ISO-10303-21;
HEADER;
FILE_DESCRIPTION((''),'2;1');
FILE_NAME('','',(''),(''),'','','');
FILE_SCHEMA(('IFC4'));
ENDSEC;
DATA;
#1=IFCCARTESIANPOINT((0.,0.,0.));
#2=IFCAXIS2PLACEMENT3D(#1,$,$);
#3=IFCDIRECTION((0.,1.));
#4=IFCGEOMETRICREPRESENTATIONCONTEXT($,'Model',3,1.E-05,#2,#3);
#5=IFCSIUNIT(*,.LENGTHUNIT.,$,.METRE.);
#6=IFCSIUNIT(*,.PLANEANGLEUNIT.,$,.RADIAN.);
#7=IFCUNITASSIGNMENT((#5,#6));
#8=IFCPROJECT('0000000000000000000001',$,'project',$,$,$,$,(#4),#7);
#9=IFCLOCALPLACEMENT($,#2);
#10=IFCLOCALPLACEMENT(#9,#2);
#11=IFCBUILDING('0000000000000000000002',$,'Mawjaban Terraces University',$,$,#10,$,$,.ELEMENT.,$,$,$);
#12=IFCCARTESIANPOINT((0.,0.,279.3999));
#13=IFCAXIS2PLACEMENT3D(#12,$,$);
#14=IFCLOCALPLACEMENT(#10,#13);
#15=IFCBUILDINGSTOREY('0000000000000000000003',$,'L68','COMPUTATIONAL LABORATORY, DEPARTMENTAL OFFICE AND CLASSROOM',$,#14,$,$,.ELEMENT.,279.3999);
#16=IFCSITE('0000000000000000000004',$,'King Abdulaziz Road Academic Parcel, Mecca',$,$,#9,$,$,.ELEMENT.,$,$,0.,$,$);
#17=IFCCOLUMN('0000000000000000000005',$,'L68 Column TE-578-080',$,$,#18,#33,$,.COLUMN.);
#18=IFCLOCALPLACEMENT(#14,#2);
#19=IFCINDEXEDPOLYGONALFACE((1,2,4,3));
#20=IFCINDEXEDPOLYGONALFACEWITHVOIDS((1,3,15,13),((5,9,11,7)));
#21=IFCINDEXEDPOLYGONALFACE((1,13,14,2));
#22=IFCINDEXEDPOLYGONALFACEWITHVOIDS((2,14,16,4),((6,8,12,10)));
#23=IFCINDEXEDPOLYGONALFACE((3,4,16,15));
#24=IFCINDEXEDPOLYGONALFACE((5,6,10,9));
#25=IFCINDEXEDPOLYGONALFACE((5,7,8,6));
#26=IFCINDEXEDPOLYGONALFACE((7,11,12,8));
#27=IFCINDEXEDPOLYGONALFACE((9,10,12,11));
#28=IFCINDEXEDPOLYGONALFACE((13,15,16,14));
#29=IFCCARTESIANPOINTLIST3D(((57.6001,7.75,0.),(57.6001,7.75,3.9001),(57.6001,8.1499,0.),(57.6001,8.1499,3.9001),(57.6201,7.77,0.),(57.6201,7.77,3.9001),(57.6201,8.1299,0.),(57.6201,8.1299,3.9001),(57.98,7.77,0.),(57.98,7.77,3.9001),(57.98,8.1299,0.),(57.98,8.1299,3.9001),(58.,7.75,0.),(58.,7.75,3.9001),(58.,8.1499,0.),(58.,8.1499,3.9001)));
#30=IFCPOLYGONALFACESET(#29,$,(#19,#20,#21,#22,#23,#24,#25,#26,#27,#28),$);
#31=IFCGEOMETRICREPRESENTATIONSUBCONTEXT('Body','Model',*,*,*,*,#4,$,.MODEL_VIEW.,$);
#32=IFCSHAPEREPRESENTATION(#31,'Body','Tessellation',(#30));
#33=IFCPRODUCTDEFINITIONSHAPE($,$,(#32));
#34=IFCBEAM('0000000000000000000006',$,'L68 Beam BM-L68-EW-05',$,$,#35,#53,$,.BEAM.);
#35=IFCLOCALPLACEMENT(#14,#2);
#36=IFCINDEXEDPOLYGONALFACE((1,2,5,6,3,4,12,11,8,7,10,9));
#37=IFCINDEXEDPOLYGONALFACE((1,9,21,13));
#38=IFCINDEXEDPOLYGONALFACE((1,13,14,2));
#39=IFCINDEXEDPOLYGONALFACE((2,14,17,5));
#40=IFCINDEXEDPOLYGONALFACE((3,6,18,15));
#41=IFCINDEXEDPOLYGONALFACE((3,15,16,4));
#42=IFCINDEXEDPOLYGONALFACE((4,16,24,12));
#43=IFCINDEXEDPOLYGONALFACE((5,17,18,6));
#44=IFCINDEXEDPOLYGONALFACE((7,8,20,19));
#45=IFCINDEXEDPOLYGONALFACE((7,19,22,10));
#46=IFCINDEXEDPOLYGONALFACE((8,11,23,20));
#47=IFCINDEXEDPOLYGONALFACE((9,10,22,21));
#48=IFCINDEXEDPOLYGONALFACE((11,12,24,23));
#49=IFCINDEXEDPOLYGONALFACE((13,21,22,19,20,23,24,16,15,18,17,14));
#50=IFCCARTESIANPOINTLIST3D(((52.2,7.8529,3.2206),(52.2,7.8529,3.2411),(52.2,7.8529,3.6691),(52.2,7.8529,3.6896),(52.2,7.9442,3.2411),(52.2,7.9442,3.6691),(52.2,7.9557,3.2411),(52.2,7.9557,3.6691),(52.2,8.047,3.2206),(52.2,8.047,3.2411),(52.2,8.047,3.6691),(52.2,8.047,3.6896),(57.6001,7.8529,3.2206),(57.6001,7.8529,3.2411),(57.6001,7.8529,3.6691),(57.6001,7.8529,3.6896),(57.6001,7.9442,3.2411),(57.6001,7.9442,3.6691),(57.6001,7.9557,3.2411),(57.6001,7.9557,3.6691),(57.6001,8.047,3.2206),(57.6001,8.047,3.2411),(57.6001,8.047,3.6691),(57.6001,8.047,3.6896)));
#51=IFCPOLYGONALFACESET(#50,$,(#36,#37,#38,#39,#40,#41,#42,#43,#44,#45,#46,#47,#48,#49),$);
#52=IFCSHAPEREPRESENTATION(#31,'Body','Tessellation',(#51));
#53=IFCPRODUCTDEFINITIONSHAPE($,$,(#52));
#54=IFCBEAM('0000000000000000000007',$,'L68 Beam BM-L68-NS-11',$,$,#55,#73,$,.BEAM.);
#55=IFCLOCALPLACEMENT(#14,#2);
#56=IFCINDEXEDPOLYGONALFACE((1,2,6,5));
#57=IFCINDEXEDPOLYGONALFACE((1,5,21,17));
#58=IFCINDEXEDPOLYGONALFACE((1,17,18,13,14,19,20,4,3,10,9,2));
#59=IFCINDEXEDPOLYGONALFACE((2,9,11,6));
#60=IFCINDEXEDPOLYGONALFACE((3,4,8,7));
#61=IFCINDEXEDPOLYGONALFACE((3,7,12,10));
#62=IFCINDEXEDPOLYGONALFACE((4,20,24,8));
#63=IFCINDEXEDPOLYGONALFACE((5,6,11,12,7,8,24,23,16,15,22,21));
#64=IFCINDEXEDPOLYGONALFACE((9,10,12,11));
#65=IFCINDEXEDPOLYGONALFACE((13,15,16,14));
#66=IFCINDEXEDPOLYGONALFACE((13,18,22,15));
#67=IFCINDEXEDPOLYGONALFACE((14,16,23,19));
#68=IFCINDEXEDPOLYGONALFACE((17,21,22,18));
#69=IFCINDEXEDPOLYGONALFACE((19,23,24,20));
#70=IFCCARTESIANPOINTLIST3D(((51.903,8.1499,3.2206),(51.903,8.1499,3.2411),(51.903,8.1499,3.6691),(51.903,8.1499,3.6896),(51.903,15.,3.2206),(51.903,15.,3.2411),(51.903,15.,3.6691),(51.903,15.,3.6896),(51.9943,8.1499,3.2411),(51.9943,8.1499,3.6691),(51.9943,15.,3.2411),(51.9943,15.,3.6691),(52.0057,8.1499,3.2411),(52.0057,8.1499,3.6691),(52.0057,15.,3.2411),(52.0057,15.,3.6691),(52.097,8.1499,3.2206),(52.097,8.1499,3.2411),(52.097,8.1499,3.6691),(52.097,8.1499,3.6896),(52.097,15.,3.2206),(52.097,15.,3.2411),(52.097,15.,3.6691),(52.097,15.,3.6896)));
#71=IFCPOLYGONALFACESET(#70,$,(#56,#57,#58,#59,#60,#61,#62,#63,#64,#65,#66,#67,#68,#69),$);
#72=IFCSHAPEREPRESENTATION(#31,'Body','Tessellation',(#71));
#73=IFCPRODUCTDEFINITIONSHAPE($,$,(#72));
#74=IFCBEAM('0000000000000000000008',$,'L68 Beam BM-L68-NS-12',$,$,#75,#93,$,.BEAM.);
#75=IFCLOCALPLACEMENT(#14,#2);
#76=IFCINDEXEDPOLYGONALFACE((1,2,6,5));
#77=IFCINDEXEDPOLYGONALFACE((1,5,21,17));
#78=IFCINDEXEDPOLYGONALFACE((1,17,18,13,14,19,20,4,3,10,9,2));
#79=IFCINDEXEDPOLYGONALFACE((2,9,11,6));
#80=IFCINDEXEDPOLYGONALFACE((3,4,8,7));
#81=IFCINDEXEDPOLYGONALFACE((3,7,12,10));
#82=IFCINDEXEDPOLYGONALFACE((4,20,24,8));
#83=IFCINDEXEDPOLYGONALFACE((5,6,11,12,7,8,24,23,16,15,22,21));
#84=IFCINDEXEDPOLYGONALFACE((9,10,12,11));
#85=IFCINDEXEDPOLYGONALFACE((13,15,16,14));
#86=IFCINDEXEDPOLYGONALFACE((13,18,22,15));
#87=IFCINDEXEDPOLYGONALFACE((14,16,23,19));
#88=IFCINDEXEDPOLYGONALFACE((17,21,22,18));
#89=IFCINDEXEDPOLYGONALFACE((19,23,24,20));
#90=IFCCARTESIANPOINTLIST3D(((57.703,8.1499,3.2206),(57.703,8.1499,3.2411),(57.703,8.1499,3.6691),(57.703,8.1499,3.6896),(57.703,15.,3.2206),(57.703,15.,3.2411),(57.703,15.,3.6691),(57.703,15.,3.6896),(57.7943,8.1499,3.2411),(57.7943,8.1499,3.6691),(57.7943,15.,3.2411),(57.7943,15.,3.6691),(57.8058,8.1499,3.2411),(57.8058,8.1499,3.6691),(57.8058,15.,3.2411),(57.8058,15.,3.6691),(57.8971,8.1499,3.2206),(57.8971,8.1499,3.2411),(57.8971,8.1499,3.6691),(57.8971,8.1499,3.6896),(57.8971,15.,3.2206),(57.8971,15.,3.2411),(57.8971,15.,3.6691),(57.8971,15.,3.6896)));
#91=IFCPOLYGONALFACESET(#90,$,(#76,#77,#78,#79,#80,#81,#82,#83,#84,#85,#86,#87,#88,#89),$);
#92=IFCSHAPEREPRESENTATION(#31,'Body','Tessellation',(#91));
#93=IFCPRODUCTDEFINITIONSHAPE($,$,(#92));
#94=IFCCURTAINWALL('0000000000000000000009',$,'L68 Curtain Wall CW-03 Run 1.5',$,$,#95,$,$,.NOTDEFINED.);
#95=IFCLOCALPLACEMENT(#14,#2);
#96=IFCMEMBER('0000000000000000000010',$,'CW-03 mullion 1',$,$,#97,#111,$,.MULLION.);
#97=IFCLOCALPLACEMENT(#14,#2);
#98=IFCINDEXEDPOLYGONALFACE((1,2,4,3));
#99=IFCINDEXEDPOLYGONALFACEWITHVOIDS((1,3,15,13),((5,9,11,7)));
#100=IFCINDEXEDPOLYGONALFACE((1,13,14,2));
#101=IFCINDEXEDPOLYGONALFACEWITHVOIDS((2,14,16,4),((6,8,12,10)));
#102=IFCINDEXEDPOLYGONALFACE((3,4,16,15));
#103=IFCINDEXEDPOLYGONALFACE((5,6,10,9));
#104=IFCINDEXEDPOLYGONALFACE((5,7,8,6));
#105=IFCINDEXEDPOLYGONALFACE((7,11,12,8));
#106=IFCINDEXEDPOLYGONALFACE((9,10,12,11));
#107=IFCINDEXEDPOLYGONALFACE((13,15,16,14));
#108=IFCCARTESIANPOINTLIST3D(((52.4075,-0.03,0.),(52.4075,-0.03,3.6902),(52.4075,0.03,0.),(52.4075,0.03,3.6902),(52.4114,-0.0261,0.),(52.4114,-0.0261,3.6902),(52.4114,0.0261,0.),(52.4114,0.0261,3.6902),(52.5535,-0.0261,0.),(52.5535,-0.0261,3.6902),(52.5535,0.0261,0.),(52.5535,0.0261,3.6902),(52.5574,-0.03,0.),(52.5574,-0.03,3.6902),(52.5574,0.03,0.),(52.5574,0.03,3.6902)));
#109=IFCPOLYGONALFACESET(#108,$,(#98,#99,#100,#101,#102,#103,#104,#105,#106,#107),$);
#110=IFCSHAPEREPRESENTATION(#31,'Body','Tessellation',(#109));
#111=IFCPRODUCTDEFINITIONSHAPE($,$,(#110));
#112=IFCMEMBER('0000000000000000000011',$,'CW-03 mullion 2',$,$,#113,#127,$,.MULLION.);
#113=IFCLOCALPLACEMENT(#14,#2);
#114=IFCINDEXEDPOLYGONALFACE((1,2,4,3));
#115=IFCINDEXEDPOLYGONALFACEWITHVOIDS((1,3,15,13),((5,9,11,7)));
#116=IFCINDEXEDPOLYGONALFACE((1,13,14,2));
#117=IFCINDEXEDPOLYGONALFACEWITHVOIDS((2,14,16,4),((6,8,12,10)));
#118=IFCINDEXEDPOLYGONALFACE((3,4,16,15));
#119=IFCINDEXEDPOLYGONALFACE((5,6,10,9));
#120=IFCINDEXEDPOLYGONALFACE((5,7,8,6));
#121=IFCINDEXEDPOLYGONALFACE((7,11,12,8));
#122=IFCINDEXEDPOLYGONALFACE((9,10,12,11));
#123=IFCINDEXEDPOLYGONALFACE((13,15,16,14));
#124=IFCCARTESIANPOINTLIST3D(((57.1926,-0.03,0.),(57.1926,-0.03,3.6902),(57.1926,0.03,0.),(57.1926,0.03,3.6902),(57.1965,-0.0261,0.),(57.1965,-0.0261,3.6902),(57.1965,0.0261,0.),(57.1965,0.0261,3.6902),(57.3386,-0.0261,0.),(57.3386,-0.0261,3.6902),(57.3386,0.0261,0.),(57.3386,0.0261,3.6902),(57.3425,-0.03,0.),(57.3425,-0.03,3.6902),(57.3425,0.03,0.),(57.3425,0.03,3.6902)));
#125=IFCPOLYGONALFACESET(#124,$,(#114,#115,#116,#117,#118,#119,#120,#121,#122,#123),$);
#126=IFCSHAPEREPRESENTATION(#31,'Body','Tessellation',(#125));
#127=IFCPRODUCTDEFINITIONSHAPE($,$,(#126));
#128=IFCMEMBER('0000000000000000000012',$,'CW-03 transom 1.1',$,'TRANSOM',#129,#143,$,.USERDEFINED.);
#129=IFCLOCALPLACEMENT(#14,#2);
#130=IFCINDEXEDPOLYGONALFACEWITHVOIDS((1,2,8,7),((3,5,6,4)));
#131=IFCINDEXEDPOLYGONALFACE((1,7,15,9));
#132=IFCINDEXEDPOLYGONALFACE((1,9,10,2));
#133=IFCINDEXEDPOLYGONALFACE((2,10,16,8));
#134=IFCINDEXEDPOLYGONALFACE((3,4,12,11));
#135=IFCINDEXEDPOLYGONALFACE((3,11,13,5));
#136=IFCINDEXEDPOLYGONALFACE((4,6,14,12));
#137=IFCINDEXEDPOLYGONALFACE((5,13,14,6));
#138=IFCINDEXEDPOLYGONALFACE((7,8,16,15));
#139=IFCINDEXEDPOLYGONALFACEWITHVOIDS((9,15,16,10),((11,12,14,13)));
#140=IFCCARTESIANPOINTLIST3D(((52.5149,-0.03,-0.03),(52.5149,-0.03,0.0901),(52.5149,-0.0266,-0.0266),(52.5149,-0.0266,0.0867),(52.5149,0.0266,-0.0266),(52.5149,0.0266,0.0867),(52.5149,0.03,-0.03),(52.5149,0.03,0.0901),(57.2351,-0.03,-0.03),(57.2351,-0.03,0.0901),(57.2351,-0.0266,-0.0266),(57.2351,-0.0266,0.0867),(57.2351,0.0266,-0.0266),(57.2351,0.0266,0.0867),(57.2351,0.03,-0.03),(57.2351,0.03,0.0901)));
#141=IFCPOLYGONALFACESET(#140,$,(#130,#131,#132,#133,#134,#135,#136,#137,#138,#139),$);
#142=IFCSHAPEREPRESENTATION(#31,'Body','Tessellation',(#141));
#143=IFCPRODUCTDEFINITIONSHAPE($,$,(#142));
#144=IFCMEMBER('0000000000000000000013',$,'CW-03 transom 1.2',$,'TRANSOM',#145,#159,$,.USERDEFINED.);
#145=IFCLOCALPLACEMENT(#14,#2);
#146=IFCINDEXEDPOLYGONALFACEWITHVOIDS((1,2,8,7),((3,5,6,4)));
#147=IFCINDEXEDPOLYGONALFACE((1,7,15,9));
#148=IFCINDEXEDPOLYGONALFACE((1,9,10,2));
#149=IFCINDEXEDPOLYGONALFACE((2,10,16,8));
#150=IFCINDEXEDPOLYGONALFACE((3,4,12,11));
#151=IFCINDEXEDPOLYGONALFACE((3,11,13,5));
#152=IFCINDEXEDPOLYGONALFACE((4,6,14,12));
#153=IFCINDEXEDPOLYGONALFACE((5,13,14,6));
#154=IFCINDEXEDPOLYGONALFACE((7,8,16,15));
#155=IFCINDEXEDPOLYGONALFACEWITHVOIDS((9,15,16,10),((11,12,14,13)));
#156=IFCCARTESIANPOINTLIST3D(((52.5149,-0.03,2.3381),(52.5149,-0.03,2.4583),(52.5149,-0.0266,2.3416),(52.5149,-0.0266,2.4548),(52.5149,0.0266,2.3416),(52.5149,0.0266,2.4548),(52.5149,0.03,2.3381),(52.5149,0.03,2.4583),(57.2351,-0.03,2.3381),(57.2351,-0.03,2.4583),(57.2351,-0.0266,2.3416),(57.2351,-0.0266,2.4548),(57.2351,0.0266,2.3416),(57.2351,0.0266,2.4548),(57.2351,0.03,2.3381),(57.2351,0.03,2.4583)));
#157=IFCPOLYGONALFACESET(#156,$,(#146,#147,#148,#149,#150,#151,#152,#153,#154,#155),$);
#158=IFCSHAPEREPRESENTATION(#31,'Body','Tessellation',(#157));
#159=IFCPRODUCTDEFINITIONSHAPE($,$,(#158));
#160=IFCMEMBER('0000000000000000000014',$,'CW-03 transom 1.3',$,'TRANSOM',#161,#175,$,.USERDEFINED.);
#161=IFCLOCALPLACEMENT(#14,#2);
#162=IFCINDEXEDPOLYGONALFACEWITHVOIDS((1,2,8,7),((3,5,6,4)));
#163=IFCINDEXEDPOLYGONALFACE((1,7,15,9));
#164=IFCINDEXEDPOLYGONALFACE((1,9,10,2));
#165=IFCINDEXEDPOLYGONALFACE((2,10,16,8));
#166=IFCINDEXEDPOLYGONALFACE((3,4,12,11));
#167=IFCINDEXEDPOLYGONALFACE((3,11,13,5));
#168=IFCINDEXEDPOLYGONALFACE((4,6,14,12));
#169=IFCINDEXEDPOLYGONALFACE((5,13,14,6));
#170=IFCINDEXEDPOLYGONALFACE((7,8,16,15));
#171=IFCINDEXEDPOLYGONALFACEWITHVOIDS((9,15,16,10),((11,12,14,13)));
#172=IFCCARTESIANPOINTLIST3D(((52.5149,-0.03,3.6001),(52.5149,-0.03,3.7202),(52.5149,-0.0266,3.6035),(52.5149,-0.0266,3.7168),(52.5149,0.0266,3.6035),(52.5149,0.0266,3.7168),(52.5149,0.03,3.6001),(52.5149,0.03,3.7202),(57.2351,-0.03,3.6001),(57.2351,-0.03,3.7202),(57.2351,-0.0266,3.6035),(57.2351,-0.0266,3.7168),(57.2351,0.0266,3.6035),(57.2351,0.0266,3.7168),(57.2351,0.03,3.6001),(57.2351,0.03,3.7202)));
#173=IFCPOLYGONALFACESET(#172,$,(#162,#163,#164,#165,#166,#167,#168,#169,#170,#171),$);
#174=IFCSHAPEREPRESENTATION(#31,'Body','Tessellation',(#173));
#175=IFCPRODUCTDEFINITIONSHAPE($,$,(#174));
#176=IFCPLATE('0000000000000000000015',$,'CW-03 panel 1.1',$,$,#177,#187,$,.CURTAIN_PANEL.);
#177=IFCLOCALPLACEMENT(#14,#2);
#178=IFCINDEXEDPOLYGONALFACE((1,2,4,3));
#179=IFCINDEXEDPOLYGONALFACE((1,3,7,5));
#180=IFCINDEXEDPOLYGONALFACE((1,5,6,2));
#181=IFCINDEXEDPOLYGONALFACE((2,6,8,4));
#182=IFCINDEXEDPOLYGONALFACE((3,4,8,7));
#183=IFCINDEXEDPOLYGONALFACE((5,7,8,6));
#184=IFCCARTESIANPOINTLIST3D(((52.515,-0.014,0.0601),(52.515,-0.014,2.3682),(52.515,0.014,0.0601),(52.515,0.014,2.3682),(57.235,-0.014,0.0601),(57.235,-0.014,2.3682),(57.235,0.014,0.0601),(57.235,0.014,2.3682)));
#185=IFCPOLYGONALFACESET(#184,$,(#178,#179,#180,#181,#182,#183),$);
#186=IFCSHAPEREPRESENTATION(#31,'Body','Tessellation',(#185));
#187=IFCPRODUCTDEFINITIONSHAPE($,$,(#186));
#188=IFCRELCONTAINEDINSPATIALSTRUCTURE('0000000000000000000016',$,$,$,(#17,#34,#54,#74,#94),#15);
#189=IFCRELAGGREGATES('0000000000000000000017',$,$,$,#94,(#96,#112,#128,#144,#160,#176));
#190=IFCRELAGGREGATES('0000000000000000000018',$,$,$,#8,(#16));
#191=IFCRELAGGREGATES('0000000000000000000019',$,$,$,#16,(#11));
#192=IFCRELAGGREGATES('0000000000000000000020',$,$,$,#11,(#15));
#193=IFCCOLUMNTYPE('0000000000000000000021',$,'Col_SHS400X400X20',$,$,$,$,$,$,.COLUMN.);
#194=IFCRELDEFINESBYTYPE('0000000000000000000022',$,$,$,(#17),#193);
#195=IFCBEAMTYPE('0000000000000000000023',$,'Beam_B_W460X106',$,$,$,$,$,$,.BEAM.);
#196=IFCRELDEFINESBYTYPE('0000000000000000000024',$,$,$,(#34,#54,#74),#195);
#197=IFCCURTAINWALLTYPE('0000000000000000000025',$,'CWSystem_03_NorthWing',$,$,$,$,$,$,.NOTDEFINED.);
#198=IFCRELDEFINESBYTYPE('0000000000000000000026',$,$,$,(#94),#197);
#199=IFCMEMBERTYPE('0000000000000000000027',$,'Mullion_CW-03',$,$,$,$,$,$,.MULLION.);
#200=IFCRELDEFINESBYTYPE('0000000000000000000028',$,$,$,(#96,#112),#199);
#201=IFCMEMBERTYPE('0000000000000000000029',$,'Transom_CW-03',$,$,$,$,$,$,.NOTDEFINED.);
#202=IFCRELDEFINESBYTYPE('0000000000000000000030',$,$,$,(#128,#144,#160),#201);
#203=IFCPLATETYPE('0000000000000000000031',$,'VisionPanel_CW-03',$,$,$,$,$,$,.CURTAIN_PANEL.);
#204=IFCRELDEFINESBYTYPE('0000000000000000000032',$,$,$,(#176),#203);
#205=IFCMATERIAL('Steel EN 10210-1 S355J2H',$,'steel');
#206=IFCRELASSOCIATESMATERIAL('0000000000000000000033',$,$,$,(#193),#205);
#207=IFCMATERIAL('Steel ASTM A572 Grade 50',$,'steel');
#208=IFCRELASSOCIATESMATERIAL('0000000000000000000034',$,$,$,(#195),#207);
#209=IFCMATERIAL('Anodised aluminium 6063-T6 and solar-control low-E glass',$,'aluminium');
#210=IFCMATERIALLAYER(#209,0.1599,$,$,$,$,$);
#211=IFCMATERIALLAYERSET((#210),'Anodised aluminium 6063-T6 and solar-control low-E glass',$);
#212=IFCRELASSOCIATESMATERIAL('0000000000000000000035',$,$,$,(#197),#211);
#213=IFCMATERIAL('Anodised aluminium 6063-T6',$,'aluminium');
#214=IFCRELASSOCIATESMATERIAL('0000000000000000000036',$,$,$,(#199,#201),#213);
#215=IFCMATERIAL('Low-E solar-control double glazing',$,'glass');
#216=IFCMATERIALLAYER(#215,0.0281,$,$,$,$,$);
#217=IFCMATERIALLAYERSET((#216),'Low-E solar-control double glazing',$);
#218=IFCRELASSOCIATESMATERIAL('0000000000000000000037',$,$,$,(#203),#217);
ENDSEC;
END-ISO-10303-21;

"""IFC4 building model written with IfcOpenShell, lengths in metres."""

from ifc_helpers import new_model, si_unit, direction, frame, origin, origin_2d, place, context, subcontext, project, spatial, rectangle, hollow_rectangle, i_section, extrude, material, layer, layer_set, material_profile, profile_set, type_object, element, aggregate, save


model = new_model("IFC4")

# Units and contexts
model_context = context("Model", 3, precision=1e-05, world=origin(), true_north=direction((0.0, 1.0)))
body_context = subcontext(model_context, "Body", "Model", "MODEL_VIEW")
ifc_project = project(units=[si_unit("LENGTHUNIT", "METRE"), si_unit("PLANEANGLEUNIT", "RADIAN")], contexts=[model_context])

# Site, building, storey
site_placement = place(None, origin())
site = spatial("IfcSite", under=ifc_project, at=site_placement, Name="King Abdulaziz Road Academic Parcel, Mecca", CompositionType="ELEMENT", RefElevation=0.0)
building_placement = place(site_placement, origin())
building = spatial("IfcBuilding", under=site, at=building_placement, Name="Mawjaban Terraces University", CompositionType="ELEMENT")
storey_placement = place(building_placement, frame((0.0, 0.0, 279.3999)))
storey = spatial("IfcBuildingStorey", under=building, at=storey_placement, Name="L68", Description="COMPUTATIONAL LABORATORY, DEPARTMENTAL OFFICE AND CLASSROOM", CompositionType="ELEMENT", Elevation=279.3999)

# Column
ifc_material_1 = material(Name="Steel EN 10210-1 S355J2H", Category="steel")
ifc_material_profile_1 = material_profile(ifc_material_1, hollow_rectangle(XDim=0.3999, YDim=0.3999, WallThickness=0.02, at=origin_2d()), Name="SHS400X400X20")
ifc_profile_set_1 = profile_set([ifc_material_profile_1], Name="Steel EN 10210-1 S355J2H")
column_type = type_object("IfcColumnType", Name="Col_SHS400X400X20", PredefinedType="COLUMN", material=ifc_profile_set_1)
column_placement = place(storey_placement, frame((57.8, 7.95, 0.0), z_axis=(0.0, 0.0, 1.0), x_axis=(1.0, 0.0, 0.0)))
element("IfcColumn", 1, at=column_placement, inside=storey, type_object=column_type, Name="L68 Column TE-578-080", PredefinedType="COLUMN", context=body_context, shape_type="SweptSolid", body=[
    extrude(hollow_rectangle(XDim=0.3999, YDim=0.3999, WallThickness=0.02, at=origin_2d()), origin(), (0.0, 0.0, 1.0), 3.9001),
])

# Beams
ifc_material_2 = material(Name="Steel ASTM A572 Grade 50", Category="steel")
ifc_material_profile_2 = material_profile(ifc_material_2, i_section(OverallWidth=0.1941, OverallDepth=0.469, WebThickness=0.0115, FlangeThickness=0.0205, at=origin_2d()), Name="W460X106")
ifc_profile_set_2 = profile_set([ifc_material_profile_2], Name="Steel ASTM A572 Grade 50")
beam_type = type_object("IfcBeamType", Name="Beam_B_W460X106", PredefinedType="BEAM", material=ifc_profile_set_2)
beam_placement = place(storey_placement, frame((52.2, 7.95, 3.4551), z_axis=(1.0, 0.0, 0.0), x_axis=(0.0, 1.0, 0.0)))
element("IfcBeam", 2, at=beam_placement, inside=storey, type_object=beam_type, Name="L68 Beam BM-L68-EW-05", PredefinedType="BEAM", context=body_context, shape_type="SweptSolid", body=[
    extrude(i_section(OverallWidth=0.1941, OverallDepth=0.469, WebThickness=0.0115, FlangeThickness=0.0205, at=origin_2d()), origin(), (0.0, 0.0, 1.0), 5.4001),
])
for number, where, z_axis, x_axis, name in (
    (3, (52.0, 8.1499, 3.4551), (0.0, 1.0, 0.0), (-1.0, 0.0, 0.0), "L68 Beam BM-L68-NS-11"),
    (4, (57.8, 8.1499, 3.4551), (0.0, 1.0, 0.0), (-1.0, 0.0, 0.0), "L68 Beam BM-L68-NS-12"),
):
    element("IfcBeam", number, at=place(storey_placement, frame(where, z_axis=z_axis, x_axis=x_axis)), inside=storey, type_object=beam_type, Name=name, PredefinedType="BEAM", context=body_context, shape_type="SweptSolid", body=[
        extrude(i_section(OverallWidth=0.1941, OverallDepth=0.469, WebThickness=0.0115, FlangeThickness=0.0205, at=origin_2d()), origin(), (0.0, 0.0, 1.0), 6.8501),
    ])

# Curtain wall, members, plate
ifc_material_3 = material(Name="Anodised aluminium 6063-T6 and solar-control low-E glass", Category="aluminium")
ifc_layer_1 = layer(ifc_material_3, 0.1599)
ifc_layer_set_1 = layer_set([ifc_layer_1], Name="Anodised aluminium 6063-T6 and solar-control low-E glass")
curtain_wall_type = type_object("IfcCurtainWallType", Name="CWSystem_03_NorthWing", PredefinedType="NOTDEFINED", material=ifc_layer_set_1)
curtain_wall_placement = place(storey_placement, origin())
curtain_wall = element("IfcCurtainWall", 5, at=curtain_wall_placement, inside=storey, type_object=curtain_wall_type, Name="L68 Curtain Wall CW-03 Run 1.5", PredefinedType="NOTDEFINED")
ifc_material_4 = material(Name="Anodised aluminium 6063-T6", Category="aluminium")
ifc_material_profile_3 = material_profile(ifc_material_4, hollow_rectangle(XDim=0.0601, YDim=0.1499, WallThickness=0.0039, at=origin_2d()), Name="ALU150X60X4")
ifc_profile_set_3 = profile_set([ifc_material_profile_3], Name="Anodised aluminium 6063-T6")
member_type_1 = type_object("IfcMemberType", Name="Mullion_CW-03", PredefinedType="MULLION", material=ifc_profile_set_3)
member_1_placement = place(storey_placement, frame((52.4824, 0.0, 0.0), z_axis=(0.0, 0.0, 1.0), x_axis=(0.0, 1.0, 0.0)))
member_1 = element("IfcMember", 6, at=member_1_placement, type_object=member_type_1, Name="CW-03 mullion 1", PredefinedType="MULLION", context=body_context, shape_type="SweptSolid", body=[
    extrude(hollow_rectangle(XDim=0.0601, YDim=0.1499, WallThickness=0.0039, at=origin_2d()), origin(), (0.0, 0.0, 1.0), 3.6902),
])
member_2_placement = place(storey_placement, frame((57.2676, 0.0, 0.0), z_axis=(0.0, 0.0, 1.0), x_axis=(0.0, 1.0, 0.0)))
member_2 = element("IfcMember", 7, at=member_2_placement, type_object=member_type_1, Name="CW-03 mullion 2", PredefinedType="MULLION", context=body_context, shape_type="SweptSolid", body=[
    extrude(hollow_rectangle(XDim=0.0601, YDim=0.1499, WallThickness=0.0039, at=origin_2d()), origin(), (0.0, 0.0, 1.0), 3.6902),
])
ifc_material_profile_4 = material_profile(ifc_material_4, hollow_rectangle(XDim=0.0601, YDim=0.1201, WallThickness=0.0034, at=origin_2d()), Name="ALU120X60X3.5")
ifc_profile_set_4 = profile_set([ifc_material_profile_4], Name="Anodised aluminium 6063-T6")
member_type_2 = type_object("IfcMemberType", Name="Transom_CW-03", PredefinedType="NOTDEFINED", material=ifc_profile_set_4)
member_3_placement = place(storey_placement, frame((52.5149, 0.0, 0.03), z_axis=(1.0, 0.0, 0.0), x_axis=(0.0, 1.0, 0.0)))
member_3 = element("IfcMember", 8, at=member_3_placement, type_object=member_type_2, Name="CW-03 transom 1.1", ObjectType="TRANSOM", PredefinedType="USERDEFINED", context=body_context, shape_type="SweptSolid", body=[
    extrude(hollow_rectangle(XDim=0.0601, YDim=0.1201, WallThickness=0.0034, at=origin_2d()), origin(), (0.0, 0.0, 1.0), 4.7202),
])
member_4_placement = place(storey_placement, frame((52.5149, 0.0, 2.3982), z_axis=(1.0, 0.0, 0.0), x_axis=(0.0, 1.0, 0.0)))
member_4 = element("IfcMember", 9, at=member_4_placement, type_object=member_type_2, Name="CW-03 transom 1.2", ObjectType="TRANSOM", PredefinedType="USERDEFINED", context=body_context, shape_type="SweptSolid", body=[
    extrude(hollow_rectangle(XDim=0.0601, YDim=0.1201, WallThickness=0.0034, at=origin_2d()), origin(), (0.0, 0.0, 1.0), 4.7202),
])
member_5_placement = place(storey_placement, frame((52.5149, 0.0, 3.6602), z_axis=(1.0, 0.0, 0.0), x_axis=(0.0, 1.0, 0.0)))
member_5 = element("IfcMember", 10, at=member_5_placement, type_object=member_type_2, Name="CW-03 transom 1.3", ObjectType="TRANSOM", PredefinedType="USERDEFINED", context=body_context, shape_type="SweptSolid", body=[
    extrude(hollow_rectangle(XDim=0.0601, YDim=0.1201, WallThickness=0.0034, at=origin_2d()), origin(), (0.0, 0.0, 1.0), 4.7202),
])
ifc_material_5 = material(Name="Low-E solar-control double glazing", Category="glass")
ifc_layer_2 = layer(ifc_material_5, 0.0281)
ifc_layer_set_2 = layer_set([ifc_layer_2], Name="Low-E solar-control double glazing")
plate_type = type_object("IfcPlateType", Name="VisionPanel_CW-03", PredefinedType="CURTAIN_PANEL", material=ifc_layer_set_2)
plate_1_placement = place(storey_placement, frame((54.875, 0.0, 0.0601), z_axis=(0.0, 0.0, 1.0), x_axis=(1.0, 0.0, 0.0)))
plate_1 = element("IfcPlate", 11, at=plate_1_placement, type_object=plate_type, Name="CW-03 panel 1.1", PredefinedType="CURTAIN_PANEL", context=body_context, shape_type="SweptSolid", body=[
    extrude(rectangle(XDim=4.72, YDim=0.0281, at=origin_2d()), origin(), (0.0, 0.0, 1.0), 2.3081),
])
aggregate(curtain_wall, [member_1, member_2, member_3, member_4, member_5, plate_1])

save(model, "model.ifc")
